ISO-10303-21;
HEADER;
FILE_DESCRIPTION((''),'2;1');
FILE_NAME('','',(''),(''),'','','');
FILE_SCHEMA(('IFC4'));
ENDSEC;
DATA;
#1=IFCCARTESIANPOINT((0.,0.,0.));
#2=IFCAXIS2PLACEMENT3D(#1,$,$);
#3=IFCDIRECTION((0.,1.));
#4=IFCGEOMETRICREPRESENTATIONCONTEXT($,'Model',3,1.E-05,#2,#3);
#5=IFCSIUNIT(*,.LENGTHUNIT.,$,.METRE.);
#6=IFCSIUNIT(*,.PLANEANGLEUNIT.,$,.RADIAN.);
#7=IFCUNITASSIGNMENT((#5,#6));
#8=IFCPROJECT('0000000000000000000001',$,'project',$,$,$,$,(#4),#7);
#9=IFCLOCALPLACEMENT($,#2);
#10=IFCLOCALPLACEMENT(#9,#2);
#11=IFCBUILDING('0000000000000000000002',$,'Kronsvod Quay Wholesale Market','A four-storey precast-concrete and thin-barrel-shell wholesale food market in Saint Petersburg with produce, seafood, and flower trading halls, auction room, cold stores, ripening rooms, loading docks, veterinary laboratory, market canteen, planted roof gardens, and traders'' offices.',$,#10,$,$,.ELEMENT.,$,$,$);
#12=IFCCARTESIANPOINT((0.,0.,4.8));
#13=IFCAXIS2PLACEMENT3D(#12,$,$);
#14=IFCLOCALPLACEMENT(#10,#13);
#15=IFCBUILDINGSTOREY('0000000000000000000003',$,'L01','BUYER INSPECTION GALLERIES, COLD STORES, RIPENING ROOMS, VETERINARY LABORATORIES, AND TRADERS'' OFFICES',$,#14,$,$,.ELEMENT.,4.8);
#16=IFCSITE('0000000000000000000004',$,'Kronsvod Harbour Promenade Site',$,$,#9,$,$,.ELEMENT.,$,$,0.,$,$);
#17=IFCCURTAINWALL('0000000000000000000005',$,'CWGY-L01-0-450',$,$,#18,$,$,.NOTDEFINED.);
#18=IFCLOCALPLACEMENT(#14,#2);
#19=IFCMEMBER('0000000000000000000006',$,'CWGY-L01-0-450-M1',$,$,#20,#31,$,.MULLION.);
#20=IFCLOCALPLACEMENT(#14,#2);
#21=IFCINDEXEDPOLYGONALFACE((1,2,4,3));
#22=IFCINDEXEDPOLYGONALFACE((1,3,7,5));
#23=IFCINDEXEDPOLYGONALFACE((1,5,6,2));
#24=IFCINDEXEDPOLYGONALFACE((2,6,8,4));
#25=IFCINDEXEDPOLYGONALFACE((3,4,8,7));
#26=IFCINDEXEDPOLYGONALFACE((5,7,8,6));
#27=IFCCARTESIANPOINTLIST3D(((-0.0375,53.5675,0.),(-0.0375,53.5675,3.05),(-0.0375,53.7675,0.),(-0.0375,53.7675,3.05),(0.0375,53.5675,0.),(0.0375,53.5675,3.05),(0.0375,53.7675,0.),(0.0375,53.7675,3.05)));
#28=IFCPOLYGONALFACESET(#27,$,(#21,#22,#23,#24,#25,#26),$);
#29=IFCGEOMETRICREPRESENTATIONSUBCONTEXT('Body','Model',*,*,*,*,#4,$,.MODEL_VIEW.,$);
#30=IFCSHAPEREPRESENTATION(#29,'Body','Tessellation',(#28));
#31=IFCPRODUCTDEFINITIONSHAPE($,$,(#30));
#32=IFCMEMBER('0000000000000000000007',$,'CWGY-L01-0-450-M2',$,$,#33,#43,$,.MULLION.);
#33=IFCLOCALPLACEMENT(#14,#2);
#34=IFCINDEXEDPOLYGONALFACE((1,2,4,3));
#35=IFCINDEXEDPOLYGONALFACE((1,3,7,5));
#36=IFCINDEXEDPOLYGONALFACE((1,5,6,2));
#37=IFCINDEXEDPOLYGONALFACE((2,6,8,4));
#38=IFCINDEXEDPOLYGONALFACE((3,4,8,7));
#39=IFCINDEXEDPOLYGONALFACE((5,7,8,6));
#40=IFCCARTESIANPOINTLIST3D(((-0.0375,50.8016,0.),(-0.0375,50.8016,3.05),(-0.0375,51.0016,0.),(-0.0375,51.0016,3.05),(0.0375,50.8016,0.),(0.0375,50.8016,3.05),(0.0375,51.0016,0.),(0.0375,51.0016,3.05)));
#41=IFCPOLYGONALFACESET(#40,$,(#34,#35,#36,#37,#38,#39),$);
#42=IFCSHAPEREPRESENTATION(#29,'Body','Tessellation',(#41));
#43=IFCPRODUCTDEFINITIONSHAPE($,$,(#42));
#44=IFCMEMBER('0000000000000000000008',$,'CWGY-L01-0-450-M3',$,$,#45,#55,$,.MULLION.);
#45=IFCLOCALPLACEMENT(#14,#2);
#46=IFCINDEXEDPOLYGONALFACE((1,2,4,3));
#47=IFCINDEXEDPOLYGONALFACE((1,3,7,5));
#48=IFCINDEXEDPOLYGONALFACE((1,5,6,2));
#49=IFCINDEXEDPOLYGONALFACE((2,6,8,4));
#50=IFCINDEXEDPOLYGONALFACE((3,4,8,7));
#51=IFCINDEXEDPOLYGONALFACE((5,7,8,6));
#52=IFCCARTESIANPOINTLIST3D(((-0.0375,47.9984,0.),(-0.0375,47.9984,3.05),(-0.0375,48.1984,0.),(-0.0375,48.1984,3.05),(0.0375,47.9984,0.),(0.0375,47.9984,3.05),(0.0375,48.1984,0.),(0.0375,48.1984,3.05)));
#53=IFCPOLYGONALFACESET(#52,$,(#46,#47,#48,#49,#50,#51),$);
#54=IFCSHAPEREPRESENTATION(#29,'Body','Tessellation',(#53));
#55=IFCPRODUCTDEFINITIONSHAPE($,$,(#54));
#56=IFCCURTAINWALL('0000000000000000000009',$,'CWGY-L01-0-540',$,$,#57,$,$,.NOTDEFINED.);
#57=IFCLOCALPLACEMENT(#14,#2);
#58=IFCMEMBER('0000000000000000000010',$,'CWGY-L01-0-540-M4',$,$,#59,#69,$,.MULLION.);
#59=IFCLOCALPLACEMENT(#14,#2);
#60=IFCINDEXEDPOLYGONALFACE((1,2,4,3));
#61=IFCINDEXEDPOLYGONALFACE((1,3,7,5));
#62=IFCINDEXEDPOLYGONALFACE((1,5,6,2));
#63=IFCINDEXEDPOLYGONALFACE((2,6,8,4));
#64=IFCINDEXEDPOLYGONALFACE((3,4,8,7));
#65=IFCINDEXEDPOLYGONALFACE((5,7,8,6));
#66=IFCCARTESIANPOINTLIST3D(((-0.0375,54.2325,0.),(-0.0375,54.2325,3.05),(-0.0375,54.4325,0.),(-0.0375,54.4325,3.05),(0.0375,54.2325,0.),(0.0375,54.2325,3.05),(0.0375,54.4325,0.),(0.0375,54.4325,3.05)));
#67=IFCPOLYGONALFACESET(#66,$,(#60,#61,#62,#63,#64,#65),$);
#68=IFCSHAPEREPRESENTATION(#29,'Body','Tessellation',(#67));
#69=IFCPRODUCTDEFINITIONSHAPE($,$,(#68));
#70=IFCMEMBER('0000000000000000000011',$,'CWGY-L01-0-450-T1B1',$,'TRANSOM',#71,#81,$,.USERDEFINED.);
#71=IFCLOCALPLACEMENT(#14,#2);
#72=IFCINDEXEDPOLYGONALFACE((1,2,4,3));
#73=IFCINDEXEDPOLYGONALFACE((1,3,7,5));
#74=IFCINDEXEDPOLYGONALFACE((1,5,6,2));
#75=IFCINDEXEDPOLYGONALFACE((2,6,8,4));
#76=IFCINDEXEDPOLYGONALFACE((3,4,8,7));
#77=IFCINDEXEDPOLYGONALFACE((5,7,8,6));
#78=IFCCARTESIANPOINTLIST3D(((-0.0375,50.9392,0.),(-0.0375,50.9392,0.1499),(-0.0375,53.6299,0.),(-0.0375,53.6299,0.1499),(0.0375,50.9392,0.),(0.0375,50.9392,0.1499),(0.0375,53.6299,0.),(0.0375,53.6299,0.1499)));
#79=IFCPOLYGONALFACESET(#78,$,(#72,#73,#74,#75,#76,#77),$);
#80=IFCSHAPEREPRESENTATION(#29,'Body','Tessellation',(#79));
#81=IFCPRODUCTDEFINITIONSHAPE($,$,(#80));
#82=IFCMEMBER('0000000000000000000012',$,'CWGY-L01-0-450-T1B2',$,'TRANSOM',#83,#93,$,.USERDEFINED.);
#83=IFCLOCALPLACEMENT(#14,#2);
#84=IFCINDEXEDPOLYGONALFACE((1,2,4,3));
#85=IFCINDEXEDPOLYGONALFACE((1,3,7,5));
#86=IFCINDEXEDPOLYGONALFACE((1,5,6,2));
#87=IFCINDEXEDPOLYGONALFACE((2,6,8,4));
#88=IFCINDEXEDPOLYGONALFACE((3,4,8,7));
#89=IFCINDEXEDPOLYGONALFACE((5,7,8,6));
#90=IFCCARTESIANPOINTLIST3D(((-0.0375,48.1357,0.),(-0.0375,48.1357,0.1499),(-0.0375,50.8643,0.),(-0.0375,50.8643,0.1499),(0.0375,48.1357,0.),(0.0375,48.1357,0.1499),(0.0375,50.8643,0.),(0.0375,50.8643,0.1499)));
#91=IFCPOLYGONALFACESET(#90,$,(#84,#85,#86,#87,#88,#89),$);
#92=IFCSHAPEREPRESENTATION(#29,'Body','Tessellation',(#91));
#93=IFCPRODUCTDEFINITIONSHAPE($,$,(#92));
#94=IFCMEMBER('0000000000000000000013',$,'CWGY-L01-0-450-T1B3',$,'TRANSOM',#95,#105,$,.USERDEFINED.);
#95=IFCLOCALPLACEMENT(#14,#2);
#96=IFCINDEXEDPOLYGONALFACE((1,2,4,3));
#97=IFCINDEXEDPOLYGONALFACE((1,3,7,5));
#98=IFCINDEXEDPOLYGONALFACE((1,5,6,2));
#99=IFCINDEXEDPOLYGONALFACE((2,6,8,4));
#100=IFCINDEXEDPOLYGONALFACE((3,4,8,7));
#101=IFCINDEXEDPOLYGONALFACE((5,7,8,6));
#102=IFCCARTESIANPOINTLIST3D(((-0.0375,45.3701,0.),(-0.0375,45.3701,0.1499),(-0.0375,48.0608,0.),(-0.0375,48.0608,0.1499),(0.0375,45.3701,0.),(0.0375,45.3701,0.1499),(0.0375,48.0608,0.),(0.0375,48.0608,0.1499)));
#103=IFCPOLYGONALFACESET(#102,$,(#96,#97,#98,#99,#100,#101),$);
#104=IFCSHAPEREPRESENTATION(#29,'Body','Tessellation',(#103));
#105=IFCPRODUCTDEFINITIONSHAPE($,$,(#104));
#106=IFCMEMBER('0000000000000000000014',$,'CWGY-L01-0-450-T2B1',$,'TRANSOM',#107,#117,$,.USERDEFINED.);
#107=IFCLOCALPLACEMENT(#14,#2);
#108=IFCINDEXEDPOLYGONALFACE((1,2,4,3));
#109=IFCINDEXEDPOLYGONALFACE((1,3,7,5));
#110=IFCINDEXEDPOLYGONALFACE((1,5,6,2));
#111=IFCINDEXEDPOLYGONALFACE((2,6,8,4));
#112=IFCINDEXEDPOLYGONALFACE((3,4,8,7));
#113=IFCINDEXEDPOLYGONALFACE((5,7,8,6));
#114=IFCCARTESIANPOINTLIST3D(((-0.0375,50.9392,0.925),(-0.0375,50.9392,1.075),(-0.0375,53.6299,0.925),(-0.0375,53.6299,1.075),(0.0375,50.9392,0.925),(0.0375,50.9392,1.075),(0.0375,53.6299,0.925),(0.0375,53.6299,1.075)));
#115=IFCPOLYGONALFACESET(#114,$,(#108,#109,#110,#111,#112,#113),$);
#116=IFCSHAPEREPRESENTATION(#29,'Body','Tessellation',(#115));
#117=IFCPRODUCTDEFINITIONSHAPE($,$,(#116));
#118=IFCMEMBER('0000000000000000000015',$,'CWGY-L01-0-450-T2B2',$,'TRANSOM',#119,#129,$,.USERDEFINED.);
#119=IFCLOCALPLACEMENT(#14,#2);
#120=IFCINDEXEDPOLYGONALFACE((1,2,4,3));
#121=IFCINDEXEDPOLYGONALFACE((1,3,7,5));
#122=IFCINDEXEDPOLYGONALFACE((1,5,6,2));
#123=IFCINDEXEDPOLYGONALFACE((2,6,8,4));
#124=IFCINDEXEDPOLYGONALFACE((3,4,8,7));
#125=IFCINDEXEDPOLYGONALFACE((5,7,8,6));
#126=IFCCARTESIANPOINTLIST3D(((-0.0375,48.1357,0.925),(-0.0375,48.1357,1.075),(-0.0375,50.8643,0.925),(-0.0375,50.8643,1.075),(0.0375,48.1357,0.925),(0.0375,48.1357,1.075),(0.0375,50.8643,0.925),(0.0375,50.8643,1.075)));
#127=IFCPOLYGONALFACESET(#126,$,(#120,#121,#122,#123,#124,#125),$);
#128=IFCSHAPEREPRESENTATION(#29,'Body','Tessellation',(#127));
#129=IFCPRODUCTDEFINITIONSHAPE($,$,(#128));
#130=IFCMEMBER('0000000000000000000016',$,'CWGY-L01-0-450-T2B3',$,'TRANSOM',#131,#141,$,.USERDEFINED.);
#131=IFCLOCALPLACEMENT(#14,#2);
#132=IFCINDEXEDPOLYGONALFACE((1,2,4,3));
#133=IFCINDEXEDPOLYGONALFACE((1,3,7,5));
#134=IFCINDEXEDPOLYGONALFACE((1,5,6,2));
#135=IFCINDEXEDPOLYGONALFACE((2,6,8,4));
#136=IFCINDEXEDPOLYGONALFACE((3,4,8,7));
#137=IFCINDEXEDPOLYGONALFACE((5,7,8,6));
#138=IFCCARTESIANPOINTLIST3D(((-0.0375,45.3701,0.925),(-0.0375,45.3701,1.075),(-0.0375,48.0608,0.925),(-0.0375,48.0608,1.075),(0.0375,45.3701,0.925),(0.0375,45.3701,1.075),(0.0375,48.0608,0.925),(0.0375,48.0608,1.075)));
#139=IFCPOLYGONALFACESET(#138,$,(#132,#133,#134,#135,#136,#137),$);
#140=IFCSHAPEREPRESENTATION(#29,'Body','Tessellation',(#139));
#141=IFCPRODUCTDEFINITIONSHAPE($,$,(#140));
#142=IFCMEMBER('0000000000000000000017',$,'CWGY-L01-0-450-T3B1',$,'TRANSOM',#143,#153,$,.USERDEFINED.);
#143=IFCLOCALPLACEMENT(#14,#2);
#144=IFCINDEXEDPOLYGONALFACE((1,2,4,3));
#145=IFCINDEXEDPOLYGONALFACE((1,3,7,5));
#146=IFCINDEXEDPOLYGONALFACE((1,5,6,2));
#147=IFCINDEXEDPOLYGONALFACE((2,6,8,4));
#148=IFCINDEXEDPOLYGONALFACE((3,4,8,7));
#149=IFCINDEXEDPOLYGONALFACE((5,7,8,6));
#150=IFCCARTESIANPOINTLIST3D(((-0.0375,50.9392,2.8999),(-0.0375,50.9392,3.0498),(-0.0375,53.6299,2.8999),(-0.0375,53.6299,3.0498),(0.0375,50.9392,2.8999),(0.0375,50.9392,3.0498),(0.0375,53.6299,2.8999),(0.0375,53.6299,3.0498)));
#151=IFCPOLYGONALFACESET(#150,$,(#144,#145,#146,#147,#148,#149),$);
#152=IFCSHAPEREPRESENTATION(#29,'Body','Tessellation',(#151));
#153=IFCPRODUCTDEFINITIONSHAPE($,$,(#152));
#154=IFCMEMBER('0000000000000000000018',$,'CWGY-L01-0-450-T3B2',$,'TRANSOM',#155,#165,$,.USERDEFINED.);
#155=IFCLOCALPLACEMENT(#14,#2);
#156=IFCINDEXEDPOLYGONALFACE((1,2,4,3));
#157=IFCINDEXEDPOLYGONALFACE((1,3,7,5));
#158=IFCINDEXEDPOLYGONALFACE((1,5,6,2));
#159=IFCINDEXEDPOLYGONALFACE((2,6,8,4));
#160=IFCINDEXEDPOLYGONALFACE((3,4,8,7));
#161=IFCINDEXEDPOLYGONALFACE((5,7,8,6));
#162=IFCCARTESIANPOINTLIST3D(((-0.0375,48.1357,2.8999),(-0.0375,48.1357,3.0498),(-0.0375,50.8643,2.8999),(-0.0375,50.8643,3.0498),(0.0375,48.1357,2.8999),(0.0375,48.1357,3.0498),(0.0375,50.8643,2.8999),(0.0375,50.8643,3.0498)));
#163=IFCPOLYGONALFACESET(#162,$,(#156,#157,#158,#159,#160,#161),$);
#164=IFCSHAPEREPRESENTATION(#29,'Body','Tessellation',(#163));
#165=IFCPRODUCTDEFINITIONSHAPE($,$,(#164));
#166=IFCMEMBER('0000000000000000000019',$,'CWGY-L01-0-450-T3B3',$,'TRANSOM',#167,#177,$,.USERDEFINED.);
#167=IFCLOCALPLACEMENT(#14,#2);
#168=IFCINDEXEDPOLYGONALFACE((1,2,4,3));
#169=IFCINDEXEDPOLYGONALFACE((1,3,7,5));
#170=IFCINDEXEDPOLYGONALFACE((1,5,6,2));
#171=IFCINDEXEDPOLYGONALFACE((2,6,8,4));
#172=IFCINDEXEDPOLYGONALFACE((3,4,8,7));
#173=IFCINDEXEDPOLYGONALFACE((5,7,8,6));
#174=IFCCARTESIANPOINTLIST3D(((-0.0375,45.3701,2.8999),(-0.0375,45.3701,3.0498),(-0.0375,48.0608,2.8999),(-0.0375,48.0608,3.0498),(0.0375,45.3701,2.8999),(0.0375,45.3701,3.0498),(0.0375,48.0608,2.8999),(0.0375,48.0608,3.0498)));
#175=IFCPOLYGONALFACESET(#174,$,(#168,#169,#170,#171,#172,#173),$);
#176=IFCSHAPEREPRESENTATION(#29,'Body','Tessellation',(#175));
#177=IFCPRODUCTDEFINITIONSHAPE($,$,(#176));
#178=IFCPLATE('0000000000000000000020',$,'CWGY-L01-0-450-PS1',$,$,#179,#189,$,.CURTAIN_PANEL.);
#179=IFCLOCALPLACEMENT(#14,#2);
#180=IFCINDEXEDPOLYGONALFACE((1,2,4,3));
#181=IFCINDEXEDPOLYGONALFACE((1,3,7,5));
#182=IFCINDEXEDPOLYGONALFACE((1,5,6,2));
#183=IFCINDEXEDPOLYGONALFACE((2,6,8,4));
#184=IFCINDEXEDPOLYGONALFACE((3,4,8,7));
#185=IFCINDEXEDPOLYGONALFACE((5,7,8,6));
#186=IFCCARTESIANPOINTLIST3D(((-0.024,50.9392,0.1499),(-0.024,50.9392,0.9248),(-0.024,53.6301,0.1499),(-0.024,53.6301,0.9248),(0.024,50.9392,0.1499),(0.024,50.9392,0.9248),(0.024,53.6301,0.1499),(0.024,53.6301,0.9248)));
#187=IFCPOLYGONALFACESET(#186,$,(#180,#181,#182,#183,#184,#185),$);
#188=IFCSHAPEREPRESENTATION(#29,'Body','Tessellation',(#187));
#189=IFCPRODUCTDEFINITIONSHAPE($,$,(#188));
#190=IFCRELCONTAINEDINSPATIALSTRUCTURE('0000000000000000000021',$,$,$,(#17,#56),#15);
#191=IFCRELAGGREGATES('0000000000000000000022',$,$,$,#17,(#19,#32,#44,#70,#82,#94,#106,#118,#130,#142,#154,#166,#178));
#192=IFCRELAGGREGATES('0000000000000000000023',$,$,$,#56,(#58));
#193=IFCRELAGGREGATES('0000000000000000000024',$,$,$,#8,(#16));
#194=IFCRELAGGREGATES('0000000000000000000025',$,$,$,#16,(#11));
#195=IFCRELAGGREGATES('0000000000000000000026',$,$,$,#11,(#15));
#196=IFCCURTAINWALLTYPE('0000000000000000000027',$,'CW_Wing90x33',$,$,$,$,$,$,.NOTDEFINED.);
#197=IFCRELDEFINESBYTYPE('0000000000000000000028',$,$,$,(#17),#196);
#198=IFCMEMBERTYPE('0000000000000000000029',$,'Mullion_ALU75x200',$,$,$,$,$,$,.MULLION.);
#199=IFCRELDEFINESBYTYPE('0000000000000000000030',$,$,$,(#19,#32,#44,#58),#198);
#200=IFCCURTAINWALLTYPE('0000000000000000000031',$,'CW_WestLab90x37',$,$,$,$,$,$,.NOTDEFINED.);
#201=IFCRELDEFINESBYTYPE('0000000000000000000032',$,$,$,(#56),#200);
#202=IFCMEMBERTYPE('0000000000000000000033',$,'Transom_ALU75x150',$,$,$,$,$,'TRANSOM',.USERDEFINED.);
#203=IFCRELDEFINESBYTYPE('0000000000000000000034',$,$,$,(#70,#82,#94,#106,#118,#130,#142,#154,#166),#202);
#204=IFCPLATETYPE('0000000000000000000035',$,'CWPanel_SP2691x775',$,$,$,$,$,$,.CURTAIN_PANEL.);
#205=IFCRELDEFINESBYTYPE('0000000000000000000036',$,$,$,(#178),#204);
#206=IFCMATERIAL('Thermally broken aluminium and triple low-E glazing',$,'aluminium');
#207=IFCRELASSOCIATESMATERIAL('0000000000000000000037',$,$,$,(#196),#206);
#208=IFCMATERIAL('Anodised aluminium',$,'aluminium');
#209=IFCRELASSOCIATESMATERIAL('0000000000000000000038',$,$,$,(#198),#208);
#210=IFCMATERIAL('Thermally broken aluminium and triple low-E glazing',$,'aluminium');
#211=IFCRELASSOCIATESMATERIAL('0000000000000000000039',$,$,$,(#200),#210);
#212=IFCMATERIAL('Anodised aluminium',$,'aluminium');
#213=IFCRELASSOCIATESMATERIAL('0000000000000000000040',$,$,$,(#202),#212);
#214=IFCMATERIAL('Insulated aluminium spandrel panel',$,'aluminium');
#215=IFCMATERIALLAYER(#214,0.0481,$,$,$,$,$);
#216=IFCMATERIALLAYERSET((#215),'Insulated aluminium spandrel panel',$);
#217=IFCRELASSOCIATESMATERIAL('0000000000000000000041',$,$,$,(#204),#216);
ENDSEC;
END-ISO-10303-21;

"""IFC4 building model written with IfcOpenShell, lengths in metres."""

from ifc_helpers import new_model, si_unit, direction, frame, origin, origin_2d, place, context, subcontext, project, spatial, rectangle, extrude, material, layer, layer_set, material_profile, profile_set, type_object, element, aggregate, save


model = new_model("IFC4")

# Units and contexts
model_context = context("Model", 3, precision=1e-05, world=origin(), true_north=direction((0.0, 1.0)))
body_context = subcontext(model_context, "Body", "Model", "MODEL_VIEW")
ifc_project = project(units=[si_unit("LENGTHUNIT", "METRE"), si_unit("PLANEANGLEUNIT", "RADIAN")], contexts=[model_context])

# Site, building, storey
site_placement = place(None, origin())
site = spatial("IfcSite", under=ifc_project, at=site_placement, Name="Kronsvod Harbour Promenade Site", CompositionType="ELEMENT", RefElevation=0.0)
building_placement = place(site_placement, origin())
building = spatial("IfcBuilding", under=site, at=building_placement, Name="Kronsvod Quay Wholesale Market", Description="A four-storey precast-concrete and thin-barrel-shell wholesale food market in Saint Petersburg with produce, seafood, and flower trading halls, auction room, cold stores, ripening rooms, loading docks, veterinary laboratory, market canteen, planted roof gardens, and traders' offices.", CompositionType="ELEMENT")
storey_placement = place(building_placement, frame((0.0, 0.0, 4.8)))
storey = spatial("IfcBuildingStorey", under=building, at=storey_placement, Name="L01", Description="BUYER INSPECTION GALLERIES, COLD STORES, RIPENING ROOMS, VETERINARY LABORATORIES, AND TRADERS' OFFICES", CompositionType="ELEMENT", Elevation=4.8)

# Curtain wall, members
ifc_material_1 = material(Name="Thermally broken aluminium and triple low-E glazing", Category="aluminium")
curtain_wall_type_1 = type_object("IfcCurtainWallType", Name="CW_Wing90x33", PredefinedType="NOTDEFINED", material=ifc_material_1)
curtain_wall_1_placement = place(storey_placement, origin())
curtain_wall_1 = element("IfcCurtainWall", 1, at=curtain_wall_1_placement, inside=storey, type_object=curtain_wall_type_1, Name="CWGY-L01-0-450", PredefinedType="NOTDEFINED")
ifc_material_2 = material(Name="Anodised aluminium", Category="aluminium")
ifc_material_profile_1 = material_profile(ifc_material_2, rectangle(XDim=0.075, YDim=0.2, at=origin_2d()), Name="ALUM75x200")
ifc_profile_set_1 = profile_set([ifc_material_profile_1], Name="Anodised aluminium")
member_type_1 = type_object("IfcMemberType", Name="Mullion_ALU75x200", PredefinedType="MULLION", material=ifc_profile_set_1)
member_1_placement = place(storey_placement, frame((0.0, 53.6675, 0.0), z_axis=(0.0, 0.0, 1.0), x_axis=(1.0, 0.0, 0.0)))
member_1 = element("IfcMember", 2, at=member_1_placement, type_object=member_type_1, Name="CWGY-L01-0-450-M1", PredefinedType="MULLION", context=body_context, shape_type="SweptSolid", body=[
    extrude(rectangle(XDim=0.075, YDim=0.2, at=origin_2d()), origin(), (0.0, 0.0, 1.0), 3.05),
])
member_2_placement = place(storey_placement, frame((0.0, 50.9016, 0.0), z_axis=(0.0, 0.0, 1.0), x_axis=(1.0, 0.0, 0.0)))
member_2 = element("IfcMember", 3, at=member_2_placement, type_object=member_type_1, Name="CWGY-L01-0-450-M2", PredefinedType="MULLION", context=body_context, shape_type="SweptSolid", body=[
    extrude(rectangle(XDim=0.075, YDim=0.2, at=origin_2d()), origin(), (0.0, 0.0, 1.0), 3.05),
])
member_3_placement = place(storey_placement, frame((0.0, 48.0984, 0.0), z_axis=(0.0, 0.0, 1.0), x_axis=(1.0, 0.0, 0.0)))
member_3 = element("IfcMember", 4, at=member_3_placement, type_object=member_type_1, Name="CWGY-L01-0-450-M3", PredefinedType="MULLION", context=body_context, shape_type="SweptSolid", body=[
    extrude(rectangle(XDim=0.075, YDim=0.2, at=origin_2d()), origin(), (0.0, 0.0, 1.0), 3.05),
])

# Curtain wall, member
ifc_material_3 = material(Name="Thermally broken aluminium and triple low-E glazing", Category="aluminium")
curtain_wall_type_2 = type_object("IfcCurtainWallType", Name="CW_WestLab90x37", PredefinedType="NOTDEFINED", material=ifc_material_3)
curtain_wall_2_placement = place(storey_placement, origin())
curtain_wall_2 = element("IfcCurtainWall", 5, at=curtain_wall_2_placement, inside=storey, type_object=curtain_wall_type_2, Name="CWGY-L01-0-540", PredefinedType="NOTDEFINED")
member_4_placement = place(storey_placement, frame((0.0, 54.3325, 0.0), z_axis=(0.0, 0.0, 1.0), x_axis=(1.0, 0.0, 0.0)))
member_4 = element("IfcMember", 6, at=member_4_placement, type_object=member_type_1, Name="CWGY-L01-0-540-M4", PredefinedType="MULLION", context=body_context, shape_type="SweptSolid", body=[
    extrude(rectangle(XDim=0.075, YDim=0.2, at=origin_2d()), origin(), (0.0, 0.0, 1.0), 3.05),
])

# Members
ifc_material_4 = material(Name="Anodised aluminium", Category="aluminium")
ifc_material_profile_2 = material_profile(ifc_material_4, rectangle(XDim=0.075, YDim=0.1499, at=origin_2d()), Name="ALUT75x150")
ifc_profile_set_2 = profile_set([ifc_material_profile_2], Name="Anodised aluminium")
member_type_2 = type_object("IfcMemberType", Name="Transom_ALU75x150", ElementType="TRANSOM", PredefinedType="USERDEFINED", material=ifc_profile_set_2)
member_5_placement = place(storey_placement, frame((0.0, 53.6299, 0.075), z_axis=(0.0, -1.0, 0.0), x_axis=(1.0, 0.0, 0.0)))
member_5 = element("IfcMember", 7, at=member_5_placement, type_object=member_type_2, Name="CWGY-L01-0-450-T1B1", ObjectType="TRANSOM", PredefinedType="USERDEFINED", context=body_context, shape_type="SweptSolid", body=[
    extrude(rectangle(XDim=0.075, YDim=0.1499, at=origin_2d()), origin(), (0.0, 0.0, 1.0), 2.6907),
])
member_6_placement = place(storey_placement, frame((0.0, 50.8643, 0.075), z_axis=(0.0, -1.0, 0.0), x_axis=(1.0, 0.0, 0.0)))
member_6 = element("IfcMember", 8, at=member_6_placement, type_object=member_type_2, Name="CWGY-L01-0-450-T1B2", ObjectType="TRANSOM", PredefinedType="USERDEFINED", context=body_context, shape_type="SweptSolid", body=[
    extrude(rectangle(XDim=0.075, YDim=0.1499, at=origin_2d()), origin(), (0.0, 0.0, 1.0), 2.7285),
])
member_7_placement = place(storey_placement, frame((0.0, 48.0608, 0.075), z_axis=(0.0, -1.0, 0.0), x_axis=(1.0, 0.0, 0.0)))
member_7 = element("IfcMember", 9, at=member_7_placement, type_object=member_type_2, Name="CWGY-L01-0-450-T1B3", ObjectType="TRANSOM", PredefinedType="USERDEFINED", context=body_context, shape_type="SweptSolid", body=[
    extrude(rectangle(XDim=0.075, YDim=0.1499, at=origin_2d()), origin(), (0.0, 0.0, 1.0), 2.6907),
])
member_8_placement = place(storey_placement, frame((0.0, 53.6299, 1.0), z_axis=(0.0, -1.0, 0.0), x_axis=(1.0, 0.0, 0.0)))
member_8 = element("IfcMember", 10, at=member_8_placement, type_object=member_type_2, Name="CWGY-L01-0-450-T2B1", ObjectType="TRANSOM", PredefinedType="USERDEFINED", context=body_context, shape_type="SweptSolid", body=[
    extrude(rectangle(XDim=0.075, YDim=0.1499, at=origin_2d()), origin(), (0.0, 0.0, 1.0), 2.6907),
])
member_9_placement = place(storey_placement, frame((0.0, 50.8643, 1.0), z_axis=(0.0, -1.0, 0.0), x_axis=(1.0, 0.0, 0.0)))
member_9 = element("IfcMember", 11, at=member_9_placement, type_object=member_type_2, Name="CWGY-L01-0-450-T2B2", ObjectType="TRANSOM", PredefinedType="USERDEFINED", context=body_context, shape_type="SweptSolid", body=[
    extrude(rectangle(XDim=0.075, YDim=0.1499, at=origin_2d()), origin(), (0.0, 0.0, 1.0), 2.7285),
])
member_10_placement = place(storey_placement, frame((0.0, 48.0608, 1.0), z_axis=(0.0, -1.0, 0.0), x_axis=(1.0, 0.0, 0.0)))
member_10 = element("IfcMember", 12, at=member_10_placement, type_object=member_type_2, Name="CWGY-L01-0-450-T2B3", ObjectType="TRANSOM", PredefinedType="USERDEFINED", context=body_context, shape_type="SweptSolid", body=[
    extrude(rectangle(XDim=0.075, YDim=0.1499, at=origin_2d()), origin(), (0.0, 0.0, 1.0), 2.6907),
])
member_11_placement = place(storey_placement, frame((0.0, 53.6299, 2.9749), z_axis=(0.0, -1.0, 0.0), x_axis=(1.0, 0.0, 0.0)))
member_11 = element("IfcMember", 13, at=member_11_placement, type_object=member_type_2, Name="CWGY-L01-0-450-T3B1", ObjectType="TRANSOM", PredefinedType="USERDEFINED", context=body_context, shape_type="SweptSolid", body=[
    extrude(rectangle(XDim=0.075, YDim=0.1499, at=origin_2d()), origin(), (0.0, 0.0, 1.0), 2.6907),
])
member_12_placement = place(storey_placement, frame((0.0, 50.8643, 2.9749), z_axis=(0.0, -1.0, 0.0), x_axis=(1.0, 0.0, 0.0)))
member_12 = element("IfcMember", 14, at=member_12_placement, type_object=member_type_2, Name="CWGY-L01-0-450-T3B2", ObjectType="TRANSOM", PredefinedType="USERDEFINED", context=body_context, shape_type="SweptSolid", body=[
    extrude(rectangle(XDim=0.075, YDim=0.1499, at=origin_2d()), origin(), (0.0, 0.0, 1.0), 2.7285),
])
member_13_placement = place(storey_placement, frame((0.0, 48.0608, 2.9749), z_axis=(0.0, -1.0, 0.0), x_axis=(1.0, 0.0, 0.0)))
member_13 = element("IfcMember", 15, at=member_13_placement, type_object=member_type_2, Name="CWGY-L01-0-450-T3B3", ObjectType="TRANSOM", PredefinedType="USERDEFINED", context=body_context, shape_type="SweptSolid", body=[
    extrude(rectangle(XDim=0.075, YDim=0.1499, at=origin_2d()), origin(), (0.0, 0.0, 1.0), 2.6907),
])

# Plate
ifc_material_5 = material(Name="Insulated aluminium spandrel panel", Category="aluminium")
ifc_layer_1 = layer(ifc_material_5, 0.0481)
ifc_layer_set_1 = layer_set([ifc_layer_1], Name="Insulated aluminium spandrel panel")
plate_type_1 = type_object("IfcPlateType", Name="CWPanel_SP2691x775", PredefinedType="CURTAIN_PANEL", material=ifc_layer_set_1)
plate_1_placement = place(storey_placement, frame((0.0, 52.2847, 0.1499), z_axis=(0.0, 0.0, 1.0), x_axis=(0.0, -1.0, 0.0)))
plate_1 = element("IfcPlate", 16, at=plate_1_placement, type_object=plate_type_1, Name="CWGY-L01-0-450-PS1", PredefinedType="CURTAIN_PANEL", context=body_context, shape_type="SweptSolid", body=[
    extrude(rectangle(XDim=2.6909, YDim=0.0481, at=origin_2d()), origin(), (0.0, 0.0, 1.0), 0.7749),
])
aggregate(curtain_wall_1, [member_1, member_2, member_3, member_5, member_6, member_7, member_8, member_9, member_10, member_11, member_12, member_13, plate_1])
aggregate(curtain_wall_2, [member_4])

save(model, "model.ifc")
